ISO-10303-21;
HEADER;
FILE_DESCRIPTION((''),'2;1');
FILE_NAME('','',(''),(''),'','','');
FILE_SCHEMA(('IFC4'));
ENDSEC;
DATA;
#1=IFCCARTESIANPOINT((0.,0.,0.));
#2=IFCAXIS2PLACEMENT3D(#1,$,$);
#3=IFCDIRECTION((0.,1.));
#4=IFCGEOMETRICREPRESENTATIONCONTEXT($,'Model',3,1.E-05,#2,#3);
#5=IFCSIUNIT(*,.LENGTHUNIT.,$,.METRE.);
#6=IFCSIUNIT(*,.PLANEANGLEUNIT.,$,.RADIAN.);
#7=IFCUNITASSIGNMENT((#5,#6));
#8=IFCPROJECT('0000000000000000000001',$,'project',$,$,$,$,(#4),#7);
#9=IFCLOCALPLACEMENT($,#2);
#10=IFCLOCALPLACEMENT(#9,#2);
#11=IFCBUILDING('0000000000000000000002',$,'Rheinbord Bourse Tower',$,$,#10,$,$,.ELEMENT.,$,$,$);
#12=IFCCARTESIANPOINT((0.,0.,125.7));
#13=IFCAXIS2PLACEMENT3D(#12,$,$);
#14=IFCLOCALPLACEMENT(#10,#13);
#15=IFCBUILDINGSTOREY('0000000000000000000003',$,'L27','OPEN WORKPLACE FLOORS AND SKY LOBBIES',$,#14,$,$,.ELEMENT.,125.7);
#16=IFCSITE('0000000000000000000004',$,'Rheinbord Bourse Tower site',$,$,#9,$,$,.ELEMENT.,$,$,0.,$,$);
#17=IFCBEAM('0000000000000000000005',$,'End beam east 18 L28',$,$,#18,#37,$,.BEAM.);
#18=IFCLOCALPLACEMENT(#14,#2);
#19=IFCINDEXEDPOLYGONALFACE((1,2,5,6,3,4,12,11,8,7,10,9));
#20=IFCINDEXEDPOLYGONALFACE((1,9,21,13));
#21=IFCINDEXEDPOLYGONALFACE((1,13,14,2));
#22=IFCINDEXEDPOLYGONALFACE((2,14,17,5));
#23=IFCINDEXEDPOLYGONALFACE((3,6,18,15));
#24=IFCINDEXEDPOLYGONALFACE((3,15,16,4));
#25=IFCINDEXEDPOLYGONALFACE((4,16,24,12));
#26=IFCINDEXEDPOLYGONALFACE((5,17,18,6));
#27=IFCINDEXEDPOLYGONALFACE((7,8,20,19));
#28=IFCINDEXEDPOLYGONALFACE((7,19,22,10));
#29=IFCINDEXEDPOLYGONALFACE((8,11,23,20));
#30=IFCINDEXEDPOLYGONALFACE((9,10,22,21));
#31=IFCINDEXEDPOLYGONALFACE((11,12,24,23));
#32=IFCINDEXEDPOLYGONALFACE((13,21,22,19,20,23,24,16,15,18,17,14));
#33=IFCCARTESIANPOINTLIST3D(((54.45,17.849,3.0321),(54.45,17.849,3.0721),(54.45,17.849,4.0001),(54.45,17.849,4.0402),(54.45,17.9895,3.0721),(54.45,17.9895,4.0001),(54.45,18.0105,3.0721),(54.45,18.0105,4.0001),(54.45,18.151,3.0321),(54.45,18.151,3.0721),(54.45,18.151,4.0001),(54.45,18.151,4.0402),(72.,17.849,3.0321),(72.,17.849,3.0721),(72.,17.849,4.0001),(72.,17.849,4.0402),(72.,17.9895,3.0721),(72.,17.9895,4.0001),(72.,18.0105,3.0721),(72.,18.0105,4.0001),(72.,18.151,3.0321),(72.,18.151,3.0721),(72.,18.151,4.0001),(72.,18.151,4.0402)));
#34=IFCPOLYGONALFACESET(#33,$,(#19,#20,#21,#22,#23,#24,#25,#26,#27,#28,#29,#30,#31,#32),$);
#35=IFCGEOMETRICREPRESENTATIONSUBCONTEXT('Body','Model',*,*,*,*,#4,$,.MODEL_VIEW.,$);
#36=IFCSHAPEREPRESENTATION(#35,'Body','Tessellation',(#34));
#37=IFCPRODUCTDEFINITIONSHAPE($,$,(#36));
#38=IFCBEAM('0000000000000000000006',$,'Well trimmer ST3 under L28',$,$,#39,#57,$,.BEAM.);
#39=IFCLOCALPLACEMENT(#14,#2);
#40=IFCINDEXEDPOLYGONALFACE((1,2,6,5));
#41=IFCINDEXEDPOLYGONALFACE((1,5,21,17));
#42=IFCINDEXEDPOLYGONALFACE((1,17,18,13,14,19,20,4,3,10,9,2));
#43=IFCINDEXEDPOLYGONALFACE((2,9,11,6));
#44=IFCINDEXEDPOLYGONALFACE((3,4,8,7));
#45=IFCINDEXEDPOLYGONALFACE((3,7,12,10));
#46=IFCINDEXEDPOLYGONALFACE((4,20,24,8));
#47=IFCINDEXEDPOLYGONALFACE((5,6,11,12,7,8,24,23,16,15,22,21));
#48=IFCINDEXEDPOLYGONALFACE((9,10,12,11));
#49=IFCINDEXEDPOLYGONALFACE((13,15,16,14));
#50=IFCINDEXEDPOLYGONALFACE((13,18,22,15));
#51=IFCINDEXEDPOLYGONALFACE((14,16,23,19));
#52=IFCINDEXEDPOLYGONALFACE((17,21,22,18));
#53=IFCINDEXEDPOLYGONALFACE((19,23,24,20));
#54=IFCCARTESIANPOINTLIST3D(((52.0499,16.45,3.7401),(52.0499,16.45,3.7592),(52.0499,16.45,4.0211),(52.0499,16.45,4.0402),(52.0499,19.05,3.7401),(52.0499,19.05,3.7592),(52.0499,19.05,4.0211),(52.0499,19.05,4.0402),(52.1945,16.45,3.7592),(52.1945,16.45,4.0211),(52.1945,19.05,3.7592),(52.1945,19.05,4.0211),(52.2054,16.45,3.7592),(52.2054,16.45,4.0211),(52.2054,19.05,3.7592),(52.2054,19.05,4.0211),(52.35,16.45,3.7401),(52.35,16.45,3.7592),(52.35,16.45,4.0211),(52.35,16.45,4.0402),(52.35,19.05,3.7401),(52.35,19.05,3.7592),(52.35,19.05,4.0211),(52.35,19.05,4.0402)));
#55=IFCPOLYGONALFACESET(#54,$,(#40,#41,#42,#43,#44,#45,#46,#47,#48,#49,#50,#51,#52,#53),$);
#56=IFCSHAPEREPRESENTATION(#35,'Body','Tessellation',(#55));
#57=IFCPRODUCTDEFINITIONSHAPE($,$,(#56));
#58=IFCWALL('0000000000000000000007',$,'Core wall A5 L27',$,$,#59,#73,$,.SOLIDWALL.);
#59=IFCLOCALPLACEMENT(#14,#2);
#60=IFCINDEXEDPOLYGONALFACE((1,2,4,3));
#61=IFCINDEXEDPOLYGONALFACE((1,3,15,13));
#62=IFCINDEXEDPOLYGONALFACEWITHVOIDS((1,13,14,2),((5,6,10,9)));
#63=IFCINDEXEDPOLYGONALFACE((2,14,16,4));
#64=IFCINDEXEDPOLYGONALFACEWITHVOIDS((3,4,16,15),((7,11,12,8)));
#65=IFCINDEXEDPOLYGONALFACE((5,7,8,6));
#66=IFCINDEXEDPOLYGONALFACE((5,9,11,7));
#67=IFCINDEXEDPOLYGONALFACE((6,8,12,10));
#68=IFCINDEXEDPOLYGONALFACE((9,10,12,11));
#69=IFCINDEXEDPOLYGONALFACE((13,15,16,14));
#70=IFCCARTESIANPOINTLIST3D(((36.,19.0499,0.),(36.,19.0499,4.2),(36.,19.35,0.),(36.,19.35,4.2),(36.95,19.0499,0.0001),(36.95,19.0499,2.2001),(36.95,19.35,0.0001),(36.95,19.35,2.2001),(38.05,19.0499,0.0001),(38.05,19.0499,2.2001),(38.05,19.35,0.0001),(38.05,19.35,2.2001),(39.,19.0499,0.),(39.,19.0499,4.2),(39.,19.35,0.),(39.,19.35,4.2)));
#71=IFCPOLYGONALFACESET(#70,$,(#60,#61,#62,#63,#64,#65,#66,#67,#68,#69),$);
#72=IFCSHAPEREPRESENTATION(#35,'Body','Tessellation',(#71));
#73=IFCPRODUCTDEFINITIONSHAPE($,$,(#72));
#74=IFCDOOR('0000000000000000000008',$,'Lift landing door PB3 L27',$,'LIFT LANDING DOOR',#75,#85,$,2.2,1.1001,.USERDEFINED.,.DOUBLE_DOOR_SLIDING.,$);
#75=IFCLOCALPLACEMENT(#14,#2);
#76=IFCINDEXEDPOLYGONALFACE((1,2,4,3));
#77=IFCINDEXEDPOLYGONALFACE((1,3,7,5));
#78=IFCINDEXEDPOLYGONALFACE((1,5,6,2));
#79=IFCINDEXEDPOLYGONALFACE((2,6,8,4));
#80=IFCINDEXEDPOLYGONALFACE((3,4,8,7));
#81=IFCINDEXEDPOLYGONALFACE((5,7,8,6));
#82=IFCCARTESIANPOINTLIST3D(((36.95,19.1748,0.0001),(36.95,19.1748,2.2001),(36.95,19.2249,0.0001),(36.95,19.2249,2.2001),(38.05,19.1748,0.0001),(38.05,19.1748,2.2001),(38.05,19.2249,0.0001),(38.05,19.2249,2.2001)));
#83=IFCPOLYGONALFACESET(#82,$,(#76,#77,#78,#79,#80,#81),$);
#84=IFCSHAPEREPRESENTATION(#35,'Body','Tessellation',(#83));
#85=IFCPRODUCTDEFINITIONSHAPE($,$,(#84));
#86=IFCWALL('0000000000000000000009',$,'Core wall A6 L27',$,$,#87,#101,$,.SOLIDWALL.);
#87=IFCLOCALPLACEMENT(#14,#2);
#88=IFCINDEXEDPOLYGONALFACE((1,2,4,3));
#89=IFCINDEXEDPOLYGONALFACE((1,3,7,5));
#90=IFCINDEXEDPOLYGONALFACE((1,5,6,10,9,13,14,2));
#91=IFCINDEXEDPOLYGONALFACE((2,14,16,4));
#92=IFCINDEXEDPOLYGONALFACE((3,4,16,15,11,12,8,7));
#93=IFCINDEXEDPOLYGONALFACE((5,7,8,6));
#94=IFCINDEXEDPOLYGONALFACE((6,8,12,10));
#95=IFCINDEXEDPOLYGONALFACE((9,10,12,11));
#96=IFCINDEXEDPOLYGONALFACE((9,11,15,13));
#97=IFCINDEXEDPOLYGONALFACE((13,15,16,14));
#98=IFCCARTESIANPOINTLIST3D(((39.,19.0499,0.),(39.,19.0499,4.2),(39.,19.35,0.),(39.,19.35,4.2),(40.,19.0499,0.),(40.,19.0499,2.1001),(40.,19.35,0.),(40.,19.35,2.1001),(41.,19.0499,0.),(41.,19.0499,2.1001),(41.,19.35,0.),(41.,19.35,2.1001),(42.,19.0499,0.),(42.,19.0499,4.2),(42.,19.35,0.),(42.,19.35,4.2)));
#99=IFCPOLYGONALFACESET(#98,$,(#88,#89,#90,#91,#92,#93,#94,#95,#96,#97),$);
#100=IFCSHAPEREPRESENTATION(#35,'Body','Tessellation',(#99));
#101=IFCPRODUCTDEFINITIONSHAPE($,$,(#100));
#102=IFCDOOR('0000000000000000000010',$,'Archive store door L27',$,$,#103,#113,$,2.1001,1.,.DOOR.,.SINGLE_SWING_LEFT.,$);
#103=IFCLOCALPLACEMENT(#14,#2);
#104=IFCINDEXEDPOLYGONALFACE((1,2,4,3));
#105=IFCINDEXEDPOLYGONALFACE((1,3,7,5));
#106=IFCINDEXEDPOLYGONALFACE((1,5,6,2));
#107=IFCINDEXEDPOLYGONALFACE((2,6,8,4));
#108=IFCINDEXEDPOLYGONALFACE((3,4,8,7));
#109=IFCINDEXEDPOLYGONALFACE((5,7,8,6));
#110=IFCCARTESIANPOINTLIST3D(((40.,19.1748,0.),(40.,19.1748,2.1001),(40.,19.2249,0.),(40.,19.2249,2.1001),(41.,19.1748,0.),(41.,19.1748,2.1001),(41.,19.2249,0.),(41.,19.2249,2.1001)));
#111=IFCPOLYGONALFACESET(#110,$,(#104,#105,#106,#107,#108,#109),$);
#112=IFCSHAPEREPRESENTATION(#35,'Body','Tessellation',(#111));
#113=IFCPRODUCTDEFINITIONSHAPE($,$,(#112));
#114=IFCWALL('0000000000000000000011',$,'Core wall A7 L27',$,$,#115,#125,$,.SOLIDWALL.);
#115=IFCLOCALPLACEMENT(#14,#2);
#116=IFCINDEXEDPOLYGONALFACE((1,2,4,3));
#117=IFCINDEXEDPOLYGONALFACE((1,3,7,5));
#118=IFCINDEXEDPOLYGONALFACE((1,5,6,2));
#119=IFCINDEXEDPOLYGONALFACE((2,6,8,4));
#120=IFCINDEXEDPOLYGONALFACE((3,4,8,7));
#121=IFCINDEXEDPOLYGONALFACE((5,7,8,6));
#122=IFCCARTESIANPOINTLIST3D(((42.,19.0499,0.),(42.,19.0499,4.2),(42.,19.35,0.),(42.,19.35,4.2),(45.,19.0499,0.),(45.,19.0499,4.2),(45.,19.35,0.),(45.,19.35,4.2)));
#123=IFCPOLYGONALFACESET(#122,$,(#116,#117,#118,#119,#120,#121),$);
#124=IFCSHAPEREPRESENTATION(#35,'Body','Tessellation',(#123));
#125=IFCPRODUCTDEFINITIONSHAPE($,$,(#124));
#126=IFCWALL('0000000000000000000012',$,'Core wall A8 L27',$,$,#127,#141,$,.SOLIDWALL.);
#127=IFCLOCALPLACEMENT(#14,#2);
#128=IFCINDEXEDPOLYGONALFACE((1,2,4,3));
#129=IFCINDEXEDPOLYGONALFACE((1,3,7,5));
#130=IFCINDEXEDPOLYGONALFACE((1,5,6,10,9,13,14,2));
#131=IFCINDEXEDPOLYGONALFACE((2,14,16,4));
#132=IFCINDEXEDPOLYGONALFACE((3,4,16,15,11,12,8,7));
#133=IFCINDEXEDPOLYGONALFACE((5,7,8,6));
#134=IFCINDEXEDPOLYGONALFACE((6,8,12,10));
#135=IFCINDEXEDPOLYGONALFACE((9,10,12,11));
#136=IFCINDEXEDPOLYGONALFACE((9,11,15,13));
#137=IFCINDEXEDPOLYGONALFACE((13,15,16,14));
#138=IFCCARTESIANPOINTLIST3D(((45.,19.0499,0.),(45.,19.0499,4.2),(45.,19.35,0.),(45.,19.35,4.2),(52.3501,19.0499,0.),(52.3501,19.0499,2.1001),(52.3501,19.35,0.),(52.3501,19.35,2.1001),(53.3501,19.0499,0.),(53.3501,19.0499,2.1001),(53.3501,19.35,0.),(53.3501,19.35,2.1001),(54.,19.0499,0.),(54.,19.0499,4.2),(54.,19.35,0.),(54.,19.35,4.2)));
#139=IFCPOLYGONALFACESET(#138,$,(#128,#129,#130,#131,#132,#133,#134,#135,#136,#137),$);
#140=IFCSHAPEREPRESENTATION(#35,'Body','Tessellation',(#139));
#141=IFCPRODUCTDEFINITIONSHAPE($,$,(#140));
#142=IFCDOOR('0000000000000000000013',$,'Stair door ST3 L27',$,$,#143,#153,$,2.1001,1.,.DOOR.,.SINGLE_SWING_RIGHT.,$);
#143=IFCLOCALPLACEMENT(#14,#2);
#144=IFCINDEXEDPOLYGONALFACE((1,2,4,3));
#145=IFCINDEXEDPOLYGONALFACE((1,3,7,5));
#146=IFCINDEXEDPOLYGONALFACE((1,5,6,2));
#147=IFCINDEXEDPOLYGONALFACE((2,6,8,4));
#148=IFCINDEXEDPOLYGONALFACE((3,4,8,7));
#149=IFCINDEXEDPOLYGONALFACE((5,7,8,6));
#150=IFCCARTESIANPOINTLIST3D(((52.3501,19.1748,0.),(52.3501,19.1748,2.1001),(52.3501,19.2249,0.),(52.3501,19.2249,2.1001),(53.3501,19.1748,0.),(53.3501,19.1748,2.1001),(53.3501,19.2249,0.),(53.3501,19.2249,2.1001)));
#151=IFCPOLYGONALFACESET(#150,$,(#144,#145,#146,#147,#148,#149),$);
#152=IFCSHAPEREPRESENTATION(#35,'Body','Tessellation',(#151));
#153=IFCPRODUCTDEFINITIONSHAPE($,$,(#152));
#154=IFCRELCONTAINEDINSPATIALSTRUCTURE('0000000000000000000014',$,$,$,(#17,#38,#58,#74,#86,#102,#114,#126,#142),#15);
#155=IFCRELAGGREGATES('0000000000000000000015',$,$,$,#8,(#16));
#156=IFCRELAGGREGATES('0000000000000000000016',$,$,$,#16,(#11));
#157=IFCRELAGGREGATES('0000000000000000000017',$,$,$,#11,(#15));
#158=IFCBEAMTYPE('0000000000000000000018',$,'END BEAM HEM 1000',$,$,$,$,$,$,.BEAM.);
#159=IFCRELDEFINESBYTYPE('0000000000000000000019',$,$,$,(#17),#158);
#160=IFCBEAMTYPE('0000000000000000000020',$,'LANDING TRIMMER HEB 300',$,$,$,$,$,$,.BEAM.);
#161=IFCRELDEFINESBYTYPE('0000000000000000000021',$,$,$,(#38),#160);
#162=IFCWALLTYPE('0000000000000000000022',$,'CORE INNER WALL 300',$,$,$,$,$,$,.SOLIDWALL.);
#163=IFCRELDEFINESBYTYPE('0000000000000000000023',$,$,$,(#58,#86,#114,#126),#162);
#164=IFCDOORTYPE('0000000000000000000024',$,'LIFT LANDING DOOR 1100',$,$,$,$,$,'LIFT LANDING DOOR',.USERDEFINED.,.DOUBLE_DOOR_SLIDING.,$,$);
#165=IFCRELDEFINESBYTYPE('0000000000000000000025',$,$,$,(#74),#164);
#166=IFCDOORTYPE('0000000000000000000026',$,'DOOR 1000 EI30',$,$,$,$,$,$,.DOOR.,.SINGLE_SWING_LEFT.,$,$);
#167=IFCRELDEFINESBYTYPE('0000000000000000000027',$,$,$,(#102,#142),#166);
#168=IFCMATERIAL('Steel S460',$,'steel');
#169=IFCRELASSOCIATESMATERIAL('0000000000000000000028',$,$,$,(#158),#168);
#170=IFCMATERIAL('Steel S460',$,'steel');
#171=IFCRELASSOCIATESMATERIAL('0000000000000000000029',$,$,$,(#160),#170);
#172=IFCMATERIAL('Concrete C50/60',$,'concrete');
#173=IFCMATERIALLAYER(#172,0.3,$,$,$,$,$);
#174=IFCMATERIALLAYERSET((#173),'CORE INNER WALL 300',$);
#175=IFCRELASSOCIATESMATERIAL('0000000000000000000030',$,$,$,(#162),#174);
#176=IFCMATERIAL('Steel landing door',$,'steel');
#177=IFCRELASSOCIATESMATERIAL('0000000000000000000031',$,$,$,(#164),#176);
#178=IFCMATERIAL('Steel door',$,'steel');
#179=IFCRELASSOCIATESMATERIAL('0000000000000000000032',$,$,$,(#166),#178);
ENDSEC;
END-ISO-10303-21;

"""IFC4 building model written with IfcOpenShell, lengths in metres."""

from ifc_helpers import new_model, si_unit, direction, frame, frame_2d, origin, origin_2d, place, context, subcontext, project, spatial, rectangle, i_section, extrude, material, layer, layer_set, material_profile, profile_set, type_object, element, fill, save


model = new_model("IFC4")

# Units and contexts
model_context = context("Model", 3, precision=1e-05, world=origin(), true_north=direction((0.0, 1.0)))
body_context = subcontext(model_context, "Body", "Model", "MODEL_VIEW")
ifc_project = project(units=[si_unit("LENGTHUNIT", "METRE"), si_unit("PLANEANGLEUNIT", "RADIAN")], contexts=[model_context])

# Site, building, storey
site_placement = place(None, origin())
site = spatial("IfcSite", under=ifc_project, at=site_placement, Name="Rheinbord Bourse Tower site", CompositionType="ELEMENT", RefElevation=0.0)
building_placement = place(site_placement, origin())
building = spatial("IfcBuilding", under=site, at=building_placement, Name="Rheinbord Bourse Tower", CompositionType="ELEMENT")
storey_placement = place(building_placement, frame((0.0, 0.0, 125.7)))
storey = spatial("IfcBuildingStorey", under=building, at=storey_placement, Name="L27", Description="OPEN WORKPLACE FLOORS AND SKY LOBBIES", CompositionType="ELEMENT", Elevation=125.7)

# Beams
ifc_material_1 = material(Name="Steel S460", Category="steel")
ifc_material_profile_1 = material_profile(ifc_material_1, i_section(OverallWidth=0.302, OverallDepth=1.0081, WebThickness=0.021, FlangeThickness=0.04, at=origin_2d()), Name="HEM 1000")
ifc_profile_set_1 = profile_set([ifc_material_profile_1], Name="Steel S460")
beam_type_1 = type_object("IfcBeamType", Name="END BEAM HEM 1000", PredefinedType="BEAM", material=ifc_profile_set_1)
beam_1_placement = place(storey_placement, frame((54.45, 18.0, 3.5361), z_axis=(1.0, 0.0, 0.0), x_axis=(0.0, 1.0, 0.0)))
element("IfcBeam", 1, at=beam_1_placement, inside=storey, type_object=beam_type_1, Name="End beam east 18 L28", PredefinedType="BEAM", context=body_context, shape_type="SweptSolid", body=[
    extrude(i_section(OverallWidth=0.302, OverallDepth=1.0081, WebThickness=0.021, FlangeThickness=0.04, at=origin_2d()), origin(), (0.0, 0.0, 1.0), 17.55),
])
ifc_material_2 = material(Name="Steel S460", Category="steel")
ifc_material_profile_2 = material_profile(ifc_material_2, i_section(OverallWidth=0.3, OverallDepth=0.3, WebThickness=0.011, FlangeThickness=0.019, at=origin_2d()), Name="HEB 300")
ifc_profile_set_2 = profile_set([ifc_material_profile_2], Name="Steel S460")
beam_type_2 = type_object("IfcBeamType", Name="LANDING TRIMMER HEB 300", PredefinedType="BEAM", material=ifc_profile_set_2)
beam_2_placement = place(storey_placement, frame((52.2, 16.45, 3.8901), z_axis=(0.0, 1.0, 0.0), x_axis=(-1.0, 0.0, 0.0)))
element("IfcBeam", 2, at=beam_2_placement, inside=storey, type_object=beam_type_2, Name="Well trimmer ST3 under L28", PredefinedType="BEAM", context=body_context, shape_type="SweptSolid", body=[
    extrude(i_section(OverallWidth=0.3, OverallDepth=0.3, WebThickness=0.011, FlangeThickness=0.019, at=origin_2d()), origin(), (0.0, 0.0, 1.0), 2.6001),
])

# Walls, openings, doors
ifc_material_3 = material(Name="Concrete C50/60", Category="concrete")
ifc_layer_1 = layer(ifc_material_3, 0.3)
ifc_layer_set_1 = layer_set([ifc_layer_1], Name="CORE INNER WALL 300")
wall_type_1 = type_object("IfcWallType", Name="CORE INNER WALL 300", PredefinedType="SOLIDWALL", material=ifc_layer_set_1)
wall_1_placement = place(storey_placement, frame((36.0, 19.2, 0.0), z_axis=(0.0, 0.0, 1.0), x_axis=(1.0, 0.0, 0.0)))
wall_1 = element("IfcWall", 3, at=wall_1_placement, inside=storey, type_object=wall_type_1, Name="Core wall A5 L27", PredefinedType="SOLIDWALL", context=body_context, shape_type="SweptSolid", body=[
    extrude(rectangle(XDim=3.0, YDim=0.3, at=frame_2d((1.5, 0.0))), origin(), (0.0, 0.0, 1.0), 4.2),
])
opening_1_placement = place(wall_1_placement, frame((0.95, 0.0, 0.0)))
opening_1 = element("IfcOpeningElement", 4, at=opening_1_placement, cuts=wall_1, PredefinedType="OPENING", context=body_context, shape_type="SweptSolid", body=[
    extrude(rectangle(XDim=1.1001, YDim=2.2, at=frame_2d((0.55, 1.1001))), frame((0.0, 0.1599, 0.0), z_axis=(0.0, -1.0, 0.0), x_axis=(1.0, 0.0, 0.0)), (0.0, 0.0, 1.0), 0.3201),
])
ifc_material_4 = material(Name="Steel landing door", Category="steel")
door_type_1 = type_object("IfcDoorType", Name="LIFT LANDING DOOR 1100", ElementType="LIFT LANDING DOOR", OperationType="DOUBLE_DOOR_SLIDING", PredefinedType="USERDEFINED", material=ifc_material_4)
door_1_placement = place(opening_1_placement, origin())
door_1 = element("IfcDoor", 5, at=door_1_placement, inside=storey, type_object=door_type_1, Name="Lift landing door PB3 L27", ObjectType="LIFT LANDING DOOR", OperationType="DOUBLE_DOOR_SLIDING", OverallHeight=2.2, OverallWidth=1.1001, PredefinedType="USERDEFINED", context=body_context, shape_type="SweptSolid", body=[
    extrude(rectangle(XDim=1.1001, YDim=2.2, at=frame_2d((0.55, 1.1001))), frame((0.0, 0.0249, 0.0), z_axis=(0.0, -1.0, 0.0), x_axis=(1.0, 0.0, 0.0)), (0.0, 0.0, 1.0), 0.05),
])
fill(opening_1, door_1)
wall_2_placement = place(storey_placement, frame((39.0, 19.2, 0.0), z_axis=(0.0, 0.0, 1.0), x_axis=(1.0, 0.0, 0.0)))
wall_2 = element("IfcWall", 6, at=wall_2_placement, inside=storey, type_object=wall_type_1, Name="Core wall A6 L27", PredefinedType="SOLIDWALL", context=body_context, shape_type="SweptSolid", body=[
    extrude(rectangle(XDim=3.0, YDim=0.3, at=frame_2d((1.5, 0.0))), origin(), (0.0, 0.0, 1.0), 4.2),
])
opening_2_placement = place(wall_2_placement, frame((1.0, 0.0, 0.0)))
opening_2 = element("IfcOpeningElement", 7, at=opening_2_placement, cuts=wall_2, PredefinedType="OPENING", context=body_context, shape_type="SweptSolid", body=[
    extrude(rectangle(XDim=1.0, YDim=2.1001, at=frame_2d((0.5, 1.05))), frame((0.0, 0.1599, 0.0), z_axis=(0.0, -1.0, 0.0), x_axis=(1.0, 0.0, 0.0)), (0.0, 0.0, 1.0), 0.3201),
])
ifc_material_5 = material(Name="Steel door", Category="steel")
door_type_2 = type_object("IfcDoorType", Name="DOOR 1000 EI30", OperationType="SINGLE_SWING_LEFT", PredefinedType="DOOR", material=ifc_material_5)
door_2_placement = place(opening_2_placement, origin())
door_2 = element("IfcDoor", 8, at=door_2_placement, inside=storey, type_object=door_type_2, Name="Archive store door L27", OperationType="SINGLE_SWING_LEFT", OverallHeight=2.1001, OverallWidth=1.0, PredefinedType="DOOR", context=body_context, shape_type="SweptSolid", body=[
    extrude(rectangle(XDim=1.0, YDim=2.1001, at=frame_2d((0.5, 1.05))), frame((0.0, 0.0249, 0.0), z_axis=(0.0, -1.0, 0.0), x_axis=(1.0, 0.0, 0.0)), (0.0, 0.0, 1.0), 0.05),
])
fill(opening_2, door_2)

# Wall
wall_3_placement = place(storey_placement, frame((42.0, 19.2, 0.0), z_axis=(0.0, 0.0, 1.0), x_axis=(1.0, 0.0, 0.0)))
element("IfcWall", 9, at=wall_3_placement, inside=storey, type_object=wall_type_1, Name="Core wall A7 L27", PredefinedType="SOLIDWALL", context=body_context, shape_type="SweptSolid", body=[
    extrude(rectangle(XDim=3.0, YDim=0.3, at=frame_2d((1.5, 0.0))), origin(), (0.0, 0.0, 1.0), 4.2),
])

# Wall, opening, door
wall_4_placement = place(storey_placement, frame((45.0, 19.2, 0.0), z_axis=(0.0, 0.0, 1.0), x_axis=(1.0, 0.0, 0.0)))
wall_4 = element("IfcWall", 10, at=wall_4_placement, inside=storey, type_object=wall_type_1, Name="Core wall A8 L27", PredefinedType="SOLIDWALL", context=body_context, shape_type="SweptSolid", body=[
    extrude(rectangle(XDim=9.0, YDim=0.3, at=frame_2d((4.5, 0.0))), origin(), (0.0, 0.0, 1.0), 4.2),
])
opening_3_placement = place(wall_4_placement, frame((7.3501, 0.0, 0.0)))
opening_3 = element("IfcOpeningElement", 11, at=opening_3_placement, cuts=wall_4, PredefinedType="OPENING", context=body_context, shape_type="SweptSolid", body=[
    extrude(rectangle(XDim=1.0, YDim=2.1001, at=frame_2d((0.5, 1.05))), frame((0.0, 0.1599, 0.0), z_axis=(0.0, -1.0, 0.0), x_axis=(1.0, 0.0, 0.0)), (0.0, 0.0, 1.0), 0.3201),
])
door_3_placement = place(opening_3_placement, origin())
door_3 = element("IfcDoor", 12, at=door_3_placement, inside=storey, type_object=door_type_2, Name="Stair door ST3 L27", OperationType="SINGLE_SWING_RIGHT", OverallHeight=2.1001, OverallWidth=1.0, PredefinedType="DOOR", context=body_context, shape_type="SweptSolid", body=[
    extrude(rectangle(XDim=1.0, YDim=2.1001, at=frame_2d((0.5, 1.05))), frame((0.0, 0.0249, 0.0), z_axis=(0.0, -1.0, 0.0), x_axis=(1.0, 0.0, 0.0)), (0.0, 0.0, 1.0), 0.05),
])
fill(opening_3, door_3)

save(model, "model.ifc")
